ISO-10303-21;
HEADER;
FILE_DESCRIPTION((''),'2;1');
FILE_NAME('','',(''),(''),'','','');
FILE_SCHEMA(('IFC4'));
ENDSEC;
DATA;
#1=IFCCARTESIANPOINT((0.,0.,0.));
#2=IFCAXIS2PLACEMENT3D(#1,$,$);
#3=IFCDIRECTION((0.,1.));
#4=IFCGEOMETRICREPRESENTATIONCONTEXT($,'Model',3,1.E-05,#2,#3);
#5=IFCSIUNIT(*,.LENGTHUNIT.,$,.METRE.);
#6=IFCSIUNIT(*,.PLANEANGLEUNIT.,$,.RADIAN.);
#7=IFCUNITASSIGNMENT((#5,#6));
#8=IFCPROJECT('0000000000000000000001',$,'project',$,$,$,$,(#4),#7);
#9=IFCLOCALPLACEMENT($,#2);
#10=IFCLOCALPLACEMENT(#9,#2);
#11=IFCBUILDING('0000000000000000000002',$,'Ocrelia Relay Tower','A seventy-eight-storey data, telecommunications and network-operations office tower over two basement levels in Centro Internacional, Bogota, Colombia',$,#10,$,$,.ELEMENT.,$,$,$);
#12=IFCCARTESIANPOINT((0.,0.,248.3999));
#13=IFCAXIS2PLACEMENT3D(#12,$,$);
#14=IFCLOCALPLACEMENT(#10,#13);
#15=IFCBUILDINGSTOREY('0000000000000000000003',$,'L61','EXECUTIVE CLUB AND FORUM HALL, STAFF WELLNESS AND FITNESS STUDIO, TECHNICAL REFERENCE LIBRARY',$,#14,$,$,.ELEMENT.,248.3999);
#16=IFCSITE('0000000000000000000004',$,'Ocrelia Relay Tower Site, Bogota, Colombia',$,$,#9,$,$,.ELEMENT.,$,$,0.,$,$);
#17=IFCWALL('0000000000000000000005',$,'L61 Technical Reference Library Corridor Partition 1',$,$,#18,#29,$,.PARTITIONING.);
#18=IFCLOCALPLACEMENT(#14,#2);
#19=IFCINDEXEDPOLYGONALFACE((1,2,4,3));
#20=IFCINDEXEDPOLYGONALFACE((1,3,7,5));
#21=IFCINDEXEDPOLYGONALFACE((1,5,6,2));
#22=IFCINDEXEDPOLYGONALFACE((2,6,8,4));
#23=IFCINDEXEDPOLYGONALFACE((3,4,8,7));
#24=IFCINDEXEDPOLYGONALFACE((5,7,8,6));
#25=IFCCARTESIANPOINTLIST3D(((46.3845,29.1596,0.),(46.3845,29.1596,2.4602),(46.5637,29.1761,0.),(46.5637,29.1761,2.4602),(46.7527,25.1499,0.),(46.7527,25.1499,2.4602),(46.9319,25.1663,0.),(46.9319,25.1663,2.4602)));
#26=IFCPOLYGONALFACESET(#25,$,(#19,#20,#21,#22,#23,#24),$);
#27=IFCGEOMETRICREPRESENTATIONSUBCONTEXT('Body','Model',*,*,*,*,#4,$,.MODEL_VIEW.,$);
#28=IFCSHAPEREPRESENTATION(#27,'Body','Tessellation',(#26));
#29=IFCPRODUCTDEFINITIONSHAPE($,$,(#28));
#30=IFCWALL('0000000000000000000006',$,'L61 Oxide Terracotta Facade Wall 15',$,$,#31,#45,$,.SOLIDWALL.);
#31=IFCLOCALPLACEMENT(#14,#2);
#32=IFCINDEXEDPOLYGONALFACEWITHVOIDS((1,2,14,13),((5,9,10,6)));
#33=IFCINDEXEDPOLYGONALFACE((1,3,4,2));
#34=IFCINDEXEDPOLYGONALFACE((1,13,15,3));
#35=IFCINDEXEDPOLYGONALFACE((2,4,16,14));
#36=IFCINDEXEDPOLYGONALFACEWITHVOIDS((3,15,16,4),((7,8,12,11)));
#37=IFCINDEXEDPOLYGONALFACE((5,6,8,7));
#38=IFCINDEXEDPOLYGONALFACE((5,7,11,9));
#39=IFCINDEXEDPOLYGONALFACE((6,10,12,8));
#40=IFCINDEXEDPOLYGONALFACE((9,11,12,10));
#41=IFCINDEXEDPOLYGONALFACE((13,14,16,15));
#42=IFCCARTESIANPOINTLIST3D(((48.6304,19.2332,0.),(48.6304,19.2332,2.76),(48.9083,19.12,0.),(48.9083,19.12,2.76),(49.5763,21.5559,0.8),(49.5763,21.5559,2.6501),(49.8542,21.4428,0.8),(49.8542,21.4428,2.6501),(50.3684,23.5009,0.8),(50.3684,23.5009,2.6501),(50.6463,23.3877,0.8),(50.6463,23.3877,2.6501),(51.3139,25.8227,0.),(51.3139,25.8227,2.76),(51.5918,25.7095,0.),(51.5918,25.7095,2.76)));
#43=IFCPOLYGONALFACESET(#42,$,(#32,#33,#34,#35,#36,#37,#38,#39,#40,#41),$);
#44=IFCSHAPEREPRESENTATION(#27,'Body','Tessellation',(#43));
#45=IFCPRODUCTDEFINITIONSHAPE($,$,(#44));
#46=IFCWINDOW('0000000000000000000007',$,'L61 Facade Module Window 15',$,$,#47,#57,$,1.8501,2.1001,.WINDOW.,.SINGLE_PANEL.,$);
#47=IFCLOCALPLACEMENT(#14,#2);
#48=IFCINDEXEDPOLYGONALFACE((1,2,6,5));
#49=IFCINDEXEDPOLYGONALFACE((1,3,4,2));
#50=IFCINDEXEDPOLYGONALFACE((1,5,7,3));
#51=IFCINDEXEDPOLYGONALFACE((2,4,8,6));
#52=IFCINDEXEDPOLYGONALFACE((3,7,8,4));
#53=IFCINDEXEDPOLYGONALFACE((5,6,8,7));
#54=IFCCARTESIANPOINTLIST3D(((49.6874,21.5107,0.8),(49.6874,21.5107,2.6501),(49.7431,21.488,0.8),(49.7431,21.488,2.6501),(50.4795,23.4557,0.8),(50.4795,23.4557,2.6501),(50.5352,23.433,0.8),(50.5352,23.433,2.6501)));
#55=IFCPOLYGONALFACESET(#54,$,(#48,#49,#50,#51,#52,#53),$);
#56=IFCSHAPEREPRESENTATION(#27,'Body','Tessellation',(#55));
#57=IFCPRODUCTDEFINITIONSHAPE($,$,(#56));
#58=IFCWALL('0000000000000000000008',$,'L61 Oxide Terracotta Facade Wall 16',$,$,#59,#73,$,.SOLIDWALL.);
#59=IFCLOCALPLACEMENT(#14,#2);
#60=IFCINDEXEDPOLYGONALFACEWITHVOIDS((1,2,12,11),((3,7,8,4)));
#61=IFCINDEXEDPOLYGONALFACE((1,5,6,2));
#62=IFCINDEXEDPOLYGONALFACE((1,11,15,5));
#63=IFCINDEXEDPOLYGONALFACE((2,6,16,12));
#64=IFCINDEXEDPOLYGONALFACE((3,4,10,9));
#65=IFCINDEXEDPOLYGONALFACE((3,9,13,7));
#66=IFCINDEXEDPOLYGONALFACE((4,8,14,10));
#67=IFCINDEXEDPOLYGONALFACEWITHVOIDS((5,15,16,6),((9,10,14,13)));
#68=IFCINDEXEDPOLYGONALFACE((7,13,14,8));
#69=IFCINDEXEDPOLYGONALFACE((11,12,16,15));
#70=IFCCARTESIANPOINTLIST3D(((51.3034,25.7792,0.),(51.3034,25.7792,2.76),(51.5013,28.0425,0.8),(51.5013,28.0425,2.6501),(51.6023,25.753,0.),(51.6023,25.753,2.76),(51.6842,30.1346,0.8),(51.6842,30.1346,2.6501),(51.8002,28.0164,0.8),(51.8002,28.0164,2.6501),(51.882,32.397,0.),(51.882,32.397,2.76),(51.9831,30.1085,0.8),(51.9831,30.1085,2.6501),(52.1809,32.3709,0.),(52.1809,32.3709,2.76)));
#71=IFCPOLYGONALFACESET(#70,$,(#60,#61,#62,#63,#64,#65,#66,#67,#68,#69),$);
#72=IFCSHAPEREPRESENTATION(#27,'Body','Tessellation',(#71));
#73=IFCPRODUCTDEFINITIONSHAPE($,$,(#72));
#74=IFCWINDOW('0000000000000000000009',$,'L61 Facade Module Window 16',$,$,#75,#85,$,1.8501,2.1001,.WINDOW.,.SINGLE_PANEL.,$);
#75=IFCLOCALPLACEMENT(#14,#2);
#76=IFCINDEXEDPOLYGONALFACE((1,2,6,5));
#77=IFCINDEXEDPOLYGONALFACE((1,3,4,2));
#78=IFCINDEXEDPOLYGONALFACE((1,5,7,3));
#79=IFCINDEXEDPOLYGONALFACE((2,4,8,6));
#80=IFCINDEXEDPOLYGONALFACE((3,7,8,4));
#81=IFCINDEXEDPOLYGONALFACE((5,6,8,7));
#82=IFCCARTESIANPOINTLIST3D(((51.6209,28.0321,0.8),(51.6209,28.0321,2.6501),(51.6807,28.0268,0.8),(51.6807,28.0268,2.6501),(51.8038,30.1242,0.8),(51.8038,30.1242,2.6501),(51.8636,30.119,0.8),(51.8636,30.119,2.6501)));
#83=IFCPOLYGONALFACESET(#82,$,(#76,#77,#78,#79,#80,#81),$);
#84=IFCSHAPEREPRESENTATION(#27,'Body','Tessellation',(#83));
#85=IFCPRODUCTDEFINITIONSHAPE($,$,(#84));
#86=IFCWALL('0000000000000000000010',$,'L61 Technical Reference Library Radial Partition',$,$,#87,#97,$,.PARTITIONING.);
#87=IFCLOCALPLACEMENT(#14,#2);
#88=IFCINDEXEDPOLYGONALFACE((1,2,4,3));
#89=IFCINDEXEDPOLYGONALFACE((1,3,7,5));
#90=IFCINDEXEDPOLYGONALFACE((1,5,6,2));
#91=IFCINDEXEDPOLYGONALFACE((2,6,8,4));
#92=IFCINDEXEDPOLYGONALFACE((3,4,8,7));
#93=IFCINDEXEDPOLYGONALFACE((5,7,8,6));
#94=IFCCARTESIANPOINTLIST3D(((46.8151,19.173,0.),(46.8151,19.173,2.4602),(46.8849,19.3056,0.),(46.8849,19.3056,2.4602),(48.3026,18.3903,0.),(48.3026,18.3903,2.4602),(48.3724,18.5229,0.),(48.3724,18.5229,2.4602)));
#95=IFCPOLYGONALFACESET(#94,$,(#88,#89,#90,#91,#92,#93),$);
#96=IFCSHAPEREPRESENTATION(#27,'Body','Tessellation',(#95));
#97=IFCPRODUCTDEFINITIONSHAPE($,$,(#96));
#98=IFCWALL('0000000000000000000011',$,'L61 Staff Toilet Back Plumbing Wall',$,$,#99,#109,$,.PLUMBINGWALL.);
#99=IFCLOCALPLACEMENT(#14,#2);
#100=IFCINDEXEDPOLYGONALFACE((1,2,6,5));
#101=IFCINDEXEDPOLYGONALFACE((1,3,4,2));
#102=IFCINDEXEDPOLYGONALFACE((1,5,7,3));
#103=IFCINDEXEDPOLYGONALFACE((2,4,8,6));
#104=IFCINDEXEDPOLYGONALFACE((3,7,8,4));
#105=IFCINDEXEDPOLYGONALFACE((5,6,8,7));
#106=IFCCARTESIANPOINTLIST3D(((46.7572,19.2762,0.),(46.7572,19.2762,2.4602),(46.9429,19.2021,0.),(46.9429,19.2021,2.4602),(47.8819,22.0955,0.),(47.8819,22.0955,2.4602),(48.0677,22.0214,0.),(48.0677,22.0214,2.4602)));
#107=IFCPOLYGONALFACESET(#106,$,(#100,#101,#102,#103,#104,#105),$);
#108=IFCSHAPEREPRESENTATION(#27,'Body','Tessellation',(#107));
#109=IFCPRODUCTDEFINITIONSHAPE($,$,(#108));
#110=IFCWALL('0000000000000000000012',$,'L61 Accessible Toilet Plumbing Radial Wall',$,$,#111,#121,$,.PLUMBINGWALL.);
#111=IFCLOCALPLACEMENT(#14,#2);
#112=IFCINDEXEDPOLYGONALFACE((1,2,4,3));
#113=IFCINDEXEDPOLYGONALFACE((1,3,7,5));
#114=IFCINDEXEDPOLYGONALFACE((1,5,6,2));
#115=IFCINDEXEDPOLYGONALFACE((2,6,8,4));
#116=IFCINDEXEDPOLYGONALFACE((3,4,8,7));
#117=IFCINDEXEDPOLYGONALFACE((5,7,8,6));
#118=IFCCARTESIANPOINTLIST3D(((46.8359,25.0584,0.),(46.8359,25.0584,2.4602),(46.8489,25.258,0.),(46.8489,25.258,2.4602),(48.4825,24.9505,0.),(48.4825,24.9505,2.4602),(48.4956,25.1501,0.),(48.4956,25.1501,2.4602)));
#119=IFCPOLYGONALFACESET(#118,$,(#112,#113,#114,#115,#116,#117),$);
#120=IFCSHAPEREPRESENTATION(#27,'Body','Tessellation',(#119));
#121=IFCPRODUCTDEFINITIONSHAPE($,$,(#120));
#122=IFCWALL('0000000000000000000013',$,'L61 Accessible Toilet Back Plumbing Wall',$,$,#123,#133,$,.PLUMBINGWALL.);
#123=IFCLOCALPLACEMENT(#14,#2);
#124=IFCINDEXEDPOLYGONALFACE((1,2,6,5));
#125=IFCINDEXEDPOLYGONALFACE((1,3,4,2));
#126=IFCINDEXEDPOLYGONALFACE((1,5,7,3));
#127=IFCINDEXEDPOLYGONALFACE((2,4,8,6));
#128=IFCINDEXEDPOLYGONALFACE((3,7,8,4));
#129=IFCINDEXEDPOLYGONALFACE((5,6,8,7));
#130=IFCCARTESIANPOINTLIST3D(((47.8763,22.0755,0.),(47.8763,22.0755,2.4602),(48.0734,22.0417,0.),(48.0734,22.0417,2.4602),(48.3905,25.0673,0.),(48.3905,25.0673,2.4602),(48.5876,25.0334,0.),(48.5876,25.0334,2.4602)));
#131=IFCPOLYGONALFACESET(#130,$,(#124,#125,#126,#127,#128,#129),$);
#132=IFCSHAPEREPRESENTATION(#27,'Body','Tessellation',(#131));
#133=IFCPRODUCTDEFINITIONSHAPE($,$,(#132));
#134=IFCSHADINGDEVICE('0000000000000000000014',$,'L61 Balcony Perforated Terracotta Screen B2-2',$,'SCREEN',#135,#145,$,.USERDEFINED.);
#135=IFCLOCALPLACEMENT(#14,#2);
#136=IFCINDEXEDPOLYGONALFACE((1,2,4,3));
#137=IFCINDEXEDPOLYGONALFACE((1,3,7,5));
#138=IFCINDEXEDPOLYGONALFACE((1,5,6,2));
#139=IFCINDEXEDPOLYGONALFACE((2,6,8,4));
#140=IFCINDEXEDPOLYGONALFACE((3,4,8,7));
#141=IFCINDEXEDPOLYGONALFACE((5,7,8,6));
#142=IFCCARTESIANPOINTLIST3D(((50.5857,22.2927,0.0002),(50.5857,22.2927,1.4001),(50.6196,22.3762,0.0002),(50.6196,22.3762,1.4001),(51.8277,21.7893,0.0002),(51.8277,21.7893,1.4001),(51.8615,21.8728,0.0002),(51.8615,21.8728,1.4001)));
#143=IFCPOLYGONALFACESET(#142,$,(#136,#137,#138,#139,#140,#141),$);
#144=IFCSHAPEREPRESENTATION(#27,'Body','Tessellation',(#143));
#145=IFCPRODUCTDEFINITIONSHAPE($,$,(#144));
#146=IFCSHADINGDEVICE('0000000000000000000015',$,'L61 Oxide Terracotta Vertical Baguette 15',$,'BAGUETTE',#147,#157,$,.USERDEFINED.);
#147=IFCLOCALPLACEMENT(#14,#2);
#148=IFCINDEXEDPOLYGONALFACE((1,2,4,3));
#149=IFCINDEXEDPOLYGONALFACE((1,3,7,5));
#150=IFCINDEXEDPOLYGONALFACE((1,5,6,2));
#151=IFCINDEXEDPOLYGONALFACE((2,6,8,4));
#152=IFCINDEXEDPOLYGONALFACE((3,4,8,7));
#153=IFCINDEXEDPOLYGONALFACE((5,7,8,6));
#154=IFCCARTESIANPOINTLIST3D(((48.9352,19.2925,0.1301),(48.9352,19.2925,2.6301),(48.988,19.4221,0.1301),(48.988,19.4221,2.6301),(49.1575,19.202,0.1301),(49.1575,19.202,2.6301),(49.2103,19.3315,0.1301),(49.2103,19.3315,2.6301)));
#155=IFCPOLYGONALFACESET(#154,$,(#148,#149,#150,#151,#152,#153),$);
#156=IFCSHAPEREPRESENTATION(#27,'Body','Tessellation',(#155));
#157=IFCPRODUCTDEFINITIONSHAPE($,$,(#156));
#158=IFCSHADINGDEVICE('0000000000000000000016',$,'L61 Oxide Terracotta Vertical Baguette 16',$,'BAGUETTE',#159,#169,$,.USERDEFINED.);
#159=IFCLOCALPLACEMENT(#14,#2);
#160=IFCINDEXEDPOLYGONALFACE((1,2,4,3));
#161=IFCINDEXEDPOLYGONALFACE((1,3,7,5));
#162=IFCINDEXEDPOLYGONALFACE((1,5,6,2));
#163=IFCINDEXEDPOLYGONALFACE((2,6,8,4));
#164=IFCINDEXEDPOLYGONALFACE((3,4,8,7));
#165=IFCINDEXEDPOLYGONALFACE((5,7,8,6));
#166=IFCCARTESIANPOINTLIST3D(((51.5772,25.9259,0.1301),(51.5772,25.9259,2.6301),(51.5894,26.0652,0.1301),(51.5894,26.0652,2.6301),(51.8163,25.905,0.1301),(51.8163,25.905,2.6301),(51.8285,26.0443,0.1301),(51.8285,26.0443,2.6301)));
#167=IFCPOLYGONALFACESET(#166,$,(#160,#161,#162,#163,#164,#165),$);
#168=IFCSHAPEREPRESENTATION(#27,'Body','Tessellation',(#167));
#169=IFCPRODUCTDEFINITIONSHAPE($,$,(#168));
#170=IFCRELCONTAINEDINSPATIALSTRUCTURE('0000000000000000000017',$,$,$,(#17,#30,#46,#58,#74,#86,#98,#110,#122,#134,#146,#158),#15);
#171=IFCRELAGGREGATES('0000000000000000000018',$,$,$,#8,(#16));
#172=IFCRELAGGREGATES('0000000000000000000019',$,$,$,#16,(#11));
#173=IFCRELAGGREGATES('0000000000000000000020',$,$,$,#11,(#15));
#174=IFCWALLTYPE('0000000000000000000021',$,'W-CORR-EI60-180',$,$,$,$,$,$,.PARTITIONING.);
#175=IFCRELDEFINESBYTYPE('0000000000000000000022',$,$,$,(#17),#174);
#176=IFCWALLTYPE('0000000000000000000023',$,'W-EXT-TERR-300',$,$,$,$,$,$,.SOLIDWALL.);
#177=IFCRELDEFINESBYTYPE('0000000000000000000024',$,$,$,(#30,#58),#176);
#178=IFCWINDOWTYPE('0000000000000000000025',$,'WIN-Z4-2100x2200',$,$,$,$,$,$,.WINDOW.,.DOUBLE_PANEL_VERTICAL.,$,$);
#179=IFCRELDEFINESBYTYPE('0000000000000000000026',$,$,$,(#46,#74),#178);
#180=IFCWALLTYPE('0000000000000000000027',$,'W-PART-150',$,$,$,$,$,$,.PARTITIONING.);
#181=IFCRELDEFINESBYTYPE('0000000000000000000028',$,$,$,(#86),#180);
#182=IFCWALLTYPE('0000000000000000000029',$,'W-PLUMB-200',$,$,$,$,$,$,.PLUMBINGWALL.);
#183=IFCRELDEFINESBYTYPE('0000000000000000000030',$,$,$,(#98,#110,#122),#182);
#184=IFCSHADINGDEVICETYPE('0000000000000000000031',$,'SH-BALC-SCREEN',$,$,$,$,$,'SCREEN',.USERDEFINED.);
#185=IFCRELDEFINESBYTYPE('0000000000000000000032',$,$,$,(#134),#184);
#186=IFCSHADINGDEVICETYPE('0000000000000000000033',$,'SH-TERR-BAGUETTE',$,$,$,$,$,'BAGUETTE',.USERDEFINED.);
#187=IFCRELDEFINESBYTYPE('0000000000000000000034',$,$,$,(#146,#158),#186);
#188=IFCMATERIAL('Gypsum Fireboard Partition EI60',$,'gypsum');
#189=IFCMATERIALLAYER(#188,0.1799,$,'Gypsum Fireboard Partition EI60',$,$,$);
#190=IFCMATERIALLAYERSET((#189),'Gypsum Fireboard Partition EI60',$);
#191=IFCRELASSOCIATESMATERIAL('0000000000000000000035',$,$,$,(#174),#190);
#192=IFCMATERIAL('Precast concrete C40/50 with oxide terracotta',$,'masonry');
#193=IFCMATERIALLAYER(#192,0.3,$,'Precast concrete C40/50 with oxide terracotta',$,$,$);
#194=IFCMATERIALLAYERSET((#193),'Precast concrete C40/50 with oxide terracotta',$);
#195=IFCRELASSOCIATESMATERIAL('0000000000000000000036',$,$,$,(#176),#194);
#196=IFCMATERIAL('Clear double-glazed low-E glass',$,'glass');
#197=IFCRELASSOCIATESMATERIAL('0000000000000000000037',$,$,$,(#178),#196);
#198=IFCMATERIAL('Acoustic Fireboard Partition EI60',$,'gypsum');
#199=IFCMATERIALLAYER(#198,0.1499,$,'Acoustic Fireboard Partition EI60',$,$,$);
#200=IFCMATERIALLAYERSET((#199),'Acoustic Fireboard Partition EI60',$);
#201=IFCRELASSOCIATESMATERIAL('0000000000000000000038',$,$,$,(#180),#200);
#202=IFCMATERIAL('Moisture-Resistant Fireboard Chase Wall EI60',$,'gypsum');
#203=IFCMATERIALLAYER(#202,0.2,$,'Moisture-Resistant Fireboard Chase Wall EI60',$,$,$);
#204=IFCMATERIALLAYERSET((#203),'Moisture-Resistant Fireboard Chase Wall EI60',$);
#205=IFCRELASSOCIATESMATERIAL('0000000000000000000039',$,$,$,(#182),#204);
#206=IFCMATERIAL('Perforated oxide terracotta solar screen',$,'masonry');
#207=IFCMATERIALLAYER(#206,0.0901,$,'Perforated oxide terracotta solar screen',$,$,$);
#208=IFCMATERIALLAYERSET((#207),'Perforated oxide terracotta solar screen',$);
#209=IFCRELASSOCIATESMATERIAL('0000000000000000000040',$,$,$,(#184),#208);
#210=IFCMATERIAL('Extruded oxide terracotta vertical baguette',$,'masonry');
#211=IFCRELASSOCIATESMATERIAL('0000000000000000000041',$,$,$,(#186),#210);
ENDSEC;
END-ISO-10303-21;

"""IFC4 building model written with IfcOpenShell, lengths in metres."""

from ifc_helpers import new_model, si_unit, direction, frame, frame_2d, origin, origin_2d, place, context, subcontext, project, spatial, rectangle, extrude, material, layer, layer_set, type_object, element, fill, save


model = new_model("IFC4")

# Units and contexts
model_context = context("Model", 3, precision=1e-05, world=origin(), true_north=direction((0.0, 1.0)))
body_context = subcontext(model_context, "Body", "Model", "MODEL_VIEW")
ifc_project = project(units=[si_unit("LENGTHUNIT", "METRE"), si_unit("PLANEANGLEUNIT", "RADIAN")], contexts=[model_context])

# Site, building, storey
site_placement = place(None, origin())
site = spatial("IfcSite", under=ifc_project, at=site_placement, Name="Ocrelia Relay Tower Site, Bogota, Colombia", CompositionType="ELEMENT", RefElevation=0.0)
building_placement = place(site_placement, origin())
building = spatial("IfcBuilding", under=site, at=building_placement, Name="Ocrelia Relay Tower", Description="A seventy-eight-storey data, telecommunications and network-operations office tower over two basement levels in Centro Internacional, Bogota, Colombia", CompositionType="ELEMENT")
storey_placement = place(building_placement, frame((0.0, 0.0, 248.3999)))
storey = spatial("IfcBuildingStorey", under=building, at=storey_placement, Name="L61", Description="EXECUTIVE CLUB AND FORUM HALL, STAFF WELLNESS AND FITNESS STUDIO, TECHNICAL REFERENCE LIBRARY", CompositionType="ELEMENT", Elevation=248.3999)

# Wall
ifc_material_1 = material(Name="Gypsum Fireboard Partition EI60", Category="gypsum")
ifc_layer_1 = layer(ifc_material_1, 0.1799, Name="Gypsum Fireboard Partition EI60")
ifc_layer_set_1 = layer_set([ifc_layer_1], Name="Gypsum Fireboard Partition EI60")
wall_type_1 = type_object("IfcWallType", Name="W-CORR-EI60-180", PredefinedType="PARTITIONING", material=ifc_layer_set_1)
wall_1_placement = place(storey_placement, frame((46.8423, 25.1582, 0.0), z_axis=(0.0, 0.0, 1.0), x_axis=(-0.091432, 0.995811, 0.0)))
element("IfcWall", 1, at=wall_1_placement, inside=storey, type_object=wall_type_1, Name="L61 Technical Reference Library Corridor Partition 1", PredefinedType="PARTITIONING", context=body_context, shape_type="SweptSolid", body=[
    extrude(rectangle(XDim=4.0266, YDim=0.1799, at=frame_2d((2.0132, 0.0))), origin(), (0.0, 0.0, 1.0), 2.4602),
])

# Walls, openings, windows
ifc_material_2 = material(Name="Precast concrete C40/50 with oxide terracotta", Category="masonry")
ifc_layer_2 = layer(ifc_material_2, 0.3, Name="Precast concrete C40/50 with oxide terracotta")
ifc_layer_set_2 = layer_set([ifc_layer_2], Name="Precast concrete C40/50 with oxide terracotta")
wall_type_2 = type_object("IfcWallType", Name="W-EXT-TERR-300", PredefinedType="SOLIDWALL", material=ifc_layer_set_2)
wall_2_placement = place(storey_placement, frame((48.7693, 19.1765, 0.0), z_axis=(0.0, 0.0, 1.0), x_axis=(0.377169, 0.926144, 0.0)))
wall_2 = element("IfcWall", 2, at=wall_2_placement, inside=storey, type_object=wall_type_2, Name="L61 Oxide Terracotta Facade Wall 15", PredefinedType="SOLIDWALL", context=body_context, shape_type="SweptSolid", body=[
    extrude(rectangle(XDim=7.115, YDim=0.3, at=frame_2d((3.5576, 0.0))), origin(), (0.0, 0.0, 1.0), 2.76),
])
opening_1_placement = place(wall_2_placement, frame((2.5081, 0.0, 0.8)))
opening_1 = element("IfcOpeningElement", 3, at=opening_1_placement, cuts=wall_2, PredefinedType="OPENING", context=body_context, shape_type="SweptSolid", body=[
    extrude(rectangle(XDim=2.1001, YDim=1.8501, at=frame_2d((1.05, 0.925))), frame((0.0, 0.1602, 0.0), z_axis=(0.0, -1.0, 0.0), x_axis=(1.0, 0.0, 0.0)), (0.0, 0.0, 1.0), 0.3201),
])
ifc_material_3 = material(Name="Clear double-glazed low-E glass", Category="glass")
window_type = type_object("IfcWindowType", Name="WIN-Z4-2100x2200", PartitioningType="DOUBLE_PANEL_VERTICAL", PredefinedType="WINDOW", material=ifc_material_3)
window_1_placement = place(opening_1_placement, origin())
window_1 = element("IfcWindow", 4, at=window_1_placement, inside=storey, type_object=window_type, Name="L61 Facade Module Window 15", OverallHeight=1.8501, OverallWidth=2.1001, PartitioningType="SINGLE_PANEL", PredefinedType="WINDOW", context=body_context, shape_type="SweptSolid", body=[
    extrude(rectangle(XDim=2.1001, YDim=1.8501, at=frame_2d((1.05, 0.925))), frame((0.0, 0.03, 0.0), z_axis=(0.0, -1.0, 0.0), x_axis=(1.0, 0.0, 0.0)), (0.0, 0.0, 1.0), 0.0601),
])
fill(opening_1, window_1)
wall_3_placement = place(storey_placement, frame((51.4529, 25.7661, 0.0), z_axis=(0.0, 0.0, 1.0), x_axis=(0.087099, 0.9962, 0.0)))
wall_3 = element("IfcWall", 5, at=wall_3_placement, inside=storey, type_object=wall_type_2, Name="L61 Oxide Terracotta Facade Wall 16", PredefinedType="SOLIDWALL", context=body_context, shape_type="SweptSolid", body=[
    extrude(rectangle(XDim=6.6431, YDim=0.3, at=frame_2d((3.3215, 0.0))), origin(), (0.0, 0.0, 1.0), 2.76),
])
opening_2_placement = place(wall_3_placement, frame((2.272, 0.0, 0.8)))
opening_2 = element("IfcOpeningElement", 6, at=opening_2_placement, cuts=wall_3, PredefinedType="OPENING", context=body_context, shape_type="SweptSolid", body=[
    extrude(rectangle(XDim=2.1001, YDim=1.8501, at=frame_2d((1.05, 0.925))), frame((0.0, 0.1602, 0.0), z_axis=(0.0, -1.0, 0.0), x_axis=(1.0, 0.0, 0.0)), (0.0, 0.0, 1.0), 0.3201),
])
window_2_placement = place(opening_2_placement, origin())
window_2 = element("IfcWindow", 7, at=window_2_placement, inside=storey, type_object=window_type, Name="L61 Facade Module Window 16", OverallHeight=1.8501, OverallWidth=2.1001, PartitioningType="SINGLE_PANEL", PredefinedType="WINDOW", context=body_context, shape_type="SweptSolid", body=[
    extrude(rectangle(XDim=2.1001, YDim=1.8501, at=frame_2d((1.05, 0.925))), frame((0.0, 0.03, 0.0), z_axis=(0.0, -1.0, 0.0), x_axis=(1.0, 0.0, 0.0)), (0.0, 0.0, 1.0), 0.0601),
])
fill(opening_2, window_2)

# Walls
ifc_material_4 = material(Name="Acoustic Fireboard Partition EI60", Category="gypsum")
ifc_layer_3 = layer(ifc_material_4, 0.1499, Name="Acoustic Fireboard Partition EI60")
ifc_layer_set_3 = layer_set([ifc_layer_3], Name="Acoustic Fireboard Partition EI60")
wall_type_3 = type_object("IfcWallType", Name="W-PART-150", PredefinedType="PARTITIONING", material=ifc_layer_set_3)
wall_4_placement = place(storey_placement, frame((46.8501, 19.2393, 0.0), z_axis=(0.0, 0.0, 1.0), x_axis=(0.884969, -0.465651, 0.0)))
element("IfcWall", 8, at=wall_4_placement, inside=storey, type_object=wall_type_3, Name="L61 Technical Reference Library Radial Partition", PredefinedType="PARTITIONING", context=body_context, shape_type="SweptSolid", body=[
    extrude(rectangle(XDim=1.6809, YDim=0.1499, at=frame_2d((0.8403, 0.0))), origin(), (0.0, 0.0, 1.0), 2.4602),
])
ifc_material_5 = material(Name="Moisture-Resistant Fireboard Chase Wall EI60", Category="gypsum")
ifc_layer_4 = layer(ifc_material_5, 0.2, Name="Moisture-Resistant Fireboard Chase Wall EI60")
ifc_layer_set_4 = layer_set([ifc_layer_4], Name="Moisture-Resistant Fireboard Chase Wall EI60")
wall_type_4 = type_object("IfcWallType", Name="W-PLUMB-200", PredefinedType="PLUMBINGWALL", material=ifc_layer_set_4)
wall_5_placement = place(storey_placement, frame((46.8501, 19.2393, 0.0), z_axis=(0.0, 0.0, 1.0), x_axis=(0.370545, 0.928815, 0.0)))
element("IfcWall", 9, at=wall_5_placement, inside=storey, type_object=wall_type_4, Name="L61 Staff Toilet Back Plumbing Wall", PredefinedType="PLUMBINGWALL", context=body_context, shape_type="SweptSolid", body=[
    extrude(rectangle(XDim=3.0354, YDim=0.2, at=frame_2d((1.5176, 0.0))), origin(), (0.0, 0.0, 1.0), 2.4602),
])
wall_6_placement = place(storey_placement, frame((46.8423, 25.1582, 0.0), z_axis=(0.0, 0.0, 1.0), x_axis=(0.99786, -0.06539, 0.0)))
element("IfcWall", 10, at=wall_6_placement, inside=storey, type_object=wall_type_4, Name="L61 Accessible Toilet Plumbing Radial Wall", PredefinedType="PLUMBINGWALL", context=body_context, shape_type="SweptSolid", body=[
    extrude(rectangle(XDim=1.6501, YDim=0.2, at=frame_2d((0.8252, 0.0))), origin(), (0.0, 0.0, 1.0), 2.4602),
])
wall_7_placement = place(storey_placement, frame((47.9749, 22.0586, 0.0), z_axis=(0.0, 0.0, 1.0), x_axis=(0.169379, 0.985551, 0.0)))
element("IfcWall", 11, at=wall_7_placement, inside=storey, type_object=wall_type_4, Name="L61 Accessible Toilet Back Plumbing Wall", PredefinedType="PLUMBINGWALL", context=body_context, shape_type="SweptSolid", body=[
    extrude(rectangle(XDim=3.0356, YDim=0.2, at=frame_2d((1.5178, 0.0))), origin(), (0.0, 0.0, 1.0), 2.4602),
])

# Shading devices
ifc_material_6 = material(Name="Perforated oxide terracotta solar screen", Category="masonry")
ifc_layer_5 = layer(ifc_material_6, 0.0901, Name="Perforated oxide terracotta solar screen")
ifc_layer_set_5 = layer_set([ifc_layer_5], Name="Perforated oxide terracotta solar screen")
shading_device_type_1 = type_object("IfcShadingDeviceType", Name="SH-BALC-SCREEN", ElementType="SCREEN", PredefinedType="USERDEFINED", material=ifc_layer_set_5)
shading_device_1_placement = place(storey_placement, frame((51.2236, 22.0828, 0.0002), z_axis=(0.0, 0.0, 1.0), x_axis=(0.926749, -0.37568, 0.0)))
element("IfcShadingDevice", 12, at=shading_device_1_placement, inside=storey, type_object=shading_device_type_1, Name="L61 Balcony Perforated Terracotta Screen B2-2", ObjectType="SCREEN", PredefinedType="USERDEFINED", context=body_context, shape_type="SweptSolid", body=[
    extrude(rectangle(XDim=1.3401, YDim=0.0901, at=origin_2d()), origin(), (0.0, 0.0, 1.0), 1.3999),
])
ifc_material_7 = material(Name="Extruded oxide terracotta vertical baguette", Category="masonry")
shading_device_type_2 = type_object("IfcShadingDeviceType", Name="SH-TERR-BAGUETTE", ElementType="BAGUETTE", PredefinedType="USERDEFINED", material=ifc_material_7)
for number, where, z_axis, x_axis, name in (
    (13, (49.0728, 19.312, 0.1301), (0.0, 0.0, 1.0), (0.377177, 0.926141, 0.0), "L61 Oxide Terracotta Vertical Baguette 15"),
    (14, (51.7029, 25.9851, 0.1301), (0.0, 0.0, 1.0), (0.087097, 0.9962, 0.0), "L61 Oxide Terracotta Vertical Baguette 16"),
):
    element("IfcShadingDevice", number, at=place(storey_placement, frame(where, z_axis=z_axis, x_axis=x_axis)), inside=storey, type_object=shading_device_type_2, Name=name, ObjectType="BAGUETTE", PredefinedType="USERDEFINED", context=body_context, shape_type="SweptSolid", body=[
        extrude(rectangle(XDim=0.1399, YDim=0.24, at=origin_2d()), origin(), (0.0, 0.0, 1.0), 2.5),
    ])

save(model, "model.ifc")
